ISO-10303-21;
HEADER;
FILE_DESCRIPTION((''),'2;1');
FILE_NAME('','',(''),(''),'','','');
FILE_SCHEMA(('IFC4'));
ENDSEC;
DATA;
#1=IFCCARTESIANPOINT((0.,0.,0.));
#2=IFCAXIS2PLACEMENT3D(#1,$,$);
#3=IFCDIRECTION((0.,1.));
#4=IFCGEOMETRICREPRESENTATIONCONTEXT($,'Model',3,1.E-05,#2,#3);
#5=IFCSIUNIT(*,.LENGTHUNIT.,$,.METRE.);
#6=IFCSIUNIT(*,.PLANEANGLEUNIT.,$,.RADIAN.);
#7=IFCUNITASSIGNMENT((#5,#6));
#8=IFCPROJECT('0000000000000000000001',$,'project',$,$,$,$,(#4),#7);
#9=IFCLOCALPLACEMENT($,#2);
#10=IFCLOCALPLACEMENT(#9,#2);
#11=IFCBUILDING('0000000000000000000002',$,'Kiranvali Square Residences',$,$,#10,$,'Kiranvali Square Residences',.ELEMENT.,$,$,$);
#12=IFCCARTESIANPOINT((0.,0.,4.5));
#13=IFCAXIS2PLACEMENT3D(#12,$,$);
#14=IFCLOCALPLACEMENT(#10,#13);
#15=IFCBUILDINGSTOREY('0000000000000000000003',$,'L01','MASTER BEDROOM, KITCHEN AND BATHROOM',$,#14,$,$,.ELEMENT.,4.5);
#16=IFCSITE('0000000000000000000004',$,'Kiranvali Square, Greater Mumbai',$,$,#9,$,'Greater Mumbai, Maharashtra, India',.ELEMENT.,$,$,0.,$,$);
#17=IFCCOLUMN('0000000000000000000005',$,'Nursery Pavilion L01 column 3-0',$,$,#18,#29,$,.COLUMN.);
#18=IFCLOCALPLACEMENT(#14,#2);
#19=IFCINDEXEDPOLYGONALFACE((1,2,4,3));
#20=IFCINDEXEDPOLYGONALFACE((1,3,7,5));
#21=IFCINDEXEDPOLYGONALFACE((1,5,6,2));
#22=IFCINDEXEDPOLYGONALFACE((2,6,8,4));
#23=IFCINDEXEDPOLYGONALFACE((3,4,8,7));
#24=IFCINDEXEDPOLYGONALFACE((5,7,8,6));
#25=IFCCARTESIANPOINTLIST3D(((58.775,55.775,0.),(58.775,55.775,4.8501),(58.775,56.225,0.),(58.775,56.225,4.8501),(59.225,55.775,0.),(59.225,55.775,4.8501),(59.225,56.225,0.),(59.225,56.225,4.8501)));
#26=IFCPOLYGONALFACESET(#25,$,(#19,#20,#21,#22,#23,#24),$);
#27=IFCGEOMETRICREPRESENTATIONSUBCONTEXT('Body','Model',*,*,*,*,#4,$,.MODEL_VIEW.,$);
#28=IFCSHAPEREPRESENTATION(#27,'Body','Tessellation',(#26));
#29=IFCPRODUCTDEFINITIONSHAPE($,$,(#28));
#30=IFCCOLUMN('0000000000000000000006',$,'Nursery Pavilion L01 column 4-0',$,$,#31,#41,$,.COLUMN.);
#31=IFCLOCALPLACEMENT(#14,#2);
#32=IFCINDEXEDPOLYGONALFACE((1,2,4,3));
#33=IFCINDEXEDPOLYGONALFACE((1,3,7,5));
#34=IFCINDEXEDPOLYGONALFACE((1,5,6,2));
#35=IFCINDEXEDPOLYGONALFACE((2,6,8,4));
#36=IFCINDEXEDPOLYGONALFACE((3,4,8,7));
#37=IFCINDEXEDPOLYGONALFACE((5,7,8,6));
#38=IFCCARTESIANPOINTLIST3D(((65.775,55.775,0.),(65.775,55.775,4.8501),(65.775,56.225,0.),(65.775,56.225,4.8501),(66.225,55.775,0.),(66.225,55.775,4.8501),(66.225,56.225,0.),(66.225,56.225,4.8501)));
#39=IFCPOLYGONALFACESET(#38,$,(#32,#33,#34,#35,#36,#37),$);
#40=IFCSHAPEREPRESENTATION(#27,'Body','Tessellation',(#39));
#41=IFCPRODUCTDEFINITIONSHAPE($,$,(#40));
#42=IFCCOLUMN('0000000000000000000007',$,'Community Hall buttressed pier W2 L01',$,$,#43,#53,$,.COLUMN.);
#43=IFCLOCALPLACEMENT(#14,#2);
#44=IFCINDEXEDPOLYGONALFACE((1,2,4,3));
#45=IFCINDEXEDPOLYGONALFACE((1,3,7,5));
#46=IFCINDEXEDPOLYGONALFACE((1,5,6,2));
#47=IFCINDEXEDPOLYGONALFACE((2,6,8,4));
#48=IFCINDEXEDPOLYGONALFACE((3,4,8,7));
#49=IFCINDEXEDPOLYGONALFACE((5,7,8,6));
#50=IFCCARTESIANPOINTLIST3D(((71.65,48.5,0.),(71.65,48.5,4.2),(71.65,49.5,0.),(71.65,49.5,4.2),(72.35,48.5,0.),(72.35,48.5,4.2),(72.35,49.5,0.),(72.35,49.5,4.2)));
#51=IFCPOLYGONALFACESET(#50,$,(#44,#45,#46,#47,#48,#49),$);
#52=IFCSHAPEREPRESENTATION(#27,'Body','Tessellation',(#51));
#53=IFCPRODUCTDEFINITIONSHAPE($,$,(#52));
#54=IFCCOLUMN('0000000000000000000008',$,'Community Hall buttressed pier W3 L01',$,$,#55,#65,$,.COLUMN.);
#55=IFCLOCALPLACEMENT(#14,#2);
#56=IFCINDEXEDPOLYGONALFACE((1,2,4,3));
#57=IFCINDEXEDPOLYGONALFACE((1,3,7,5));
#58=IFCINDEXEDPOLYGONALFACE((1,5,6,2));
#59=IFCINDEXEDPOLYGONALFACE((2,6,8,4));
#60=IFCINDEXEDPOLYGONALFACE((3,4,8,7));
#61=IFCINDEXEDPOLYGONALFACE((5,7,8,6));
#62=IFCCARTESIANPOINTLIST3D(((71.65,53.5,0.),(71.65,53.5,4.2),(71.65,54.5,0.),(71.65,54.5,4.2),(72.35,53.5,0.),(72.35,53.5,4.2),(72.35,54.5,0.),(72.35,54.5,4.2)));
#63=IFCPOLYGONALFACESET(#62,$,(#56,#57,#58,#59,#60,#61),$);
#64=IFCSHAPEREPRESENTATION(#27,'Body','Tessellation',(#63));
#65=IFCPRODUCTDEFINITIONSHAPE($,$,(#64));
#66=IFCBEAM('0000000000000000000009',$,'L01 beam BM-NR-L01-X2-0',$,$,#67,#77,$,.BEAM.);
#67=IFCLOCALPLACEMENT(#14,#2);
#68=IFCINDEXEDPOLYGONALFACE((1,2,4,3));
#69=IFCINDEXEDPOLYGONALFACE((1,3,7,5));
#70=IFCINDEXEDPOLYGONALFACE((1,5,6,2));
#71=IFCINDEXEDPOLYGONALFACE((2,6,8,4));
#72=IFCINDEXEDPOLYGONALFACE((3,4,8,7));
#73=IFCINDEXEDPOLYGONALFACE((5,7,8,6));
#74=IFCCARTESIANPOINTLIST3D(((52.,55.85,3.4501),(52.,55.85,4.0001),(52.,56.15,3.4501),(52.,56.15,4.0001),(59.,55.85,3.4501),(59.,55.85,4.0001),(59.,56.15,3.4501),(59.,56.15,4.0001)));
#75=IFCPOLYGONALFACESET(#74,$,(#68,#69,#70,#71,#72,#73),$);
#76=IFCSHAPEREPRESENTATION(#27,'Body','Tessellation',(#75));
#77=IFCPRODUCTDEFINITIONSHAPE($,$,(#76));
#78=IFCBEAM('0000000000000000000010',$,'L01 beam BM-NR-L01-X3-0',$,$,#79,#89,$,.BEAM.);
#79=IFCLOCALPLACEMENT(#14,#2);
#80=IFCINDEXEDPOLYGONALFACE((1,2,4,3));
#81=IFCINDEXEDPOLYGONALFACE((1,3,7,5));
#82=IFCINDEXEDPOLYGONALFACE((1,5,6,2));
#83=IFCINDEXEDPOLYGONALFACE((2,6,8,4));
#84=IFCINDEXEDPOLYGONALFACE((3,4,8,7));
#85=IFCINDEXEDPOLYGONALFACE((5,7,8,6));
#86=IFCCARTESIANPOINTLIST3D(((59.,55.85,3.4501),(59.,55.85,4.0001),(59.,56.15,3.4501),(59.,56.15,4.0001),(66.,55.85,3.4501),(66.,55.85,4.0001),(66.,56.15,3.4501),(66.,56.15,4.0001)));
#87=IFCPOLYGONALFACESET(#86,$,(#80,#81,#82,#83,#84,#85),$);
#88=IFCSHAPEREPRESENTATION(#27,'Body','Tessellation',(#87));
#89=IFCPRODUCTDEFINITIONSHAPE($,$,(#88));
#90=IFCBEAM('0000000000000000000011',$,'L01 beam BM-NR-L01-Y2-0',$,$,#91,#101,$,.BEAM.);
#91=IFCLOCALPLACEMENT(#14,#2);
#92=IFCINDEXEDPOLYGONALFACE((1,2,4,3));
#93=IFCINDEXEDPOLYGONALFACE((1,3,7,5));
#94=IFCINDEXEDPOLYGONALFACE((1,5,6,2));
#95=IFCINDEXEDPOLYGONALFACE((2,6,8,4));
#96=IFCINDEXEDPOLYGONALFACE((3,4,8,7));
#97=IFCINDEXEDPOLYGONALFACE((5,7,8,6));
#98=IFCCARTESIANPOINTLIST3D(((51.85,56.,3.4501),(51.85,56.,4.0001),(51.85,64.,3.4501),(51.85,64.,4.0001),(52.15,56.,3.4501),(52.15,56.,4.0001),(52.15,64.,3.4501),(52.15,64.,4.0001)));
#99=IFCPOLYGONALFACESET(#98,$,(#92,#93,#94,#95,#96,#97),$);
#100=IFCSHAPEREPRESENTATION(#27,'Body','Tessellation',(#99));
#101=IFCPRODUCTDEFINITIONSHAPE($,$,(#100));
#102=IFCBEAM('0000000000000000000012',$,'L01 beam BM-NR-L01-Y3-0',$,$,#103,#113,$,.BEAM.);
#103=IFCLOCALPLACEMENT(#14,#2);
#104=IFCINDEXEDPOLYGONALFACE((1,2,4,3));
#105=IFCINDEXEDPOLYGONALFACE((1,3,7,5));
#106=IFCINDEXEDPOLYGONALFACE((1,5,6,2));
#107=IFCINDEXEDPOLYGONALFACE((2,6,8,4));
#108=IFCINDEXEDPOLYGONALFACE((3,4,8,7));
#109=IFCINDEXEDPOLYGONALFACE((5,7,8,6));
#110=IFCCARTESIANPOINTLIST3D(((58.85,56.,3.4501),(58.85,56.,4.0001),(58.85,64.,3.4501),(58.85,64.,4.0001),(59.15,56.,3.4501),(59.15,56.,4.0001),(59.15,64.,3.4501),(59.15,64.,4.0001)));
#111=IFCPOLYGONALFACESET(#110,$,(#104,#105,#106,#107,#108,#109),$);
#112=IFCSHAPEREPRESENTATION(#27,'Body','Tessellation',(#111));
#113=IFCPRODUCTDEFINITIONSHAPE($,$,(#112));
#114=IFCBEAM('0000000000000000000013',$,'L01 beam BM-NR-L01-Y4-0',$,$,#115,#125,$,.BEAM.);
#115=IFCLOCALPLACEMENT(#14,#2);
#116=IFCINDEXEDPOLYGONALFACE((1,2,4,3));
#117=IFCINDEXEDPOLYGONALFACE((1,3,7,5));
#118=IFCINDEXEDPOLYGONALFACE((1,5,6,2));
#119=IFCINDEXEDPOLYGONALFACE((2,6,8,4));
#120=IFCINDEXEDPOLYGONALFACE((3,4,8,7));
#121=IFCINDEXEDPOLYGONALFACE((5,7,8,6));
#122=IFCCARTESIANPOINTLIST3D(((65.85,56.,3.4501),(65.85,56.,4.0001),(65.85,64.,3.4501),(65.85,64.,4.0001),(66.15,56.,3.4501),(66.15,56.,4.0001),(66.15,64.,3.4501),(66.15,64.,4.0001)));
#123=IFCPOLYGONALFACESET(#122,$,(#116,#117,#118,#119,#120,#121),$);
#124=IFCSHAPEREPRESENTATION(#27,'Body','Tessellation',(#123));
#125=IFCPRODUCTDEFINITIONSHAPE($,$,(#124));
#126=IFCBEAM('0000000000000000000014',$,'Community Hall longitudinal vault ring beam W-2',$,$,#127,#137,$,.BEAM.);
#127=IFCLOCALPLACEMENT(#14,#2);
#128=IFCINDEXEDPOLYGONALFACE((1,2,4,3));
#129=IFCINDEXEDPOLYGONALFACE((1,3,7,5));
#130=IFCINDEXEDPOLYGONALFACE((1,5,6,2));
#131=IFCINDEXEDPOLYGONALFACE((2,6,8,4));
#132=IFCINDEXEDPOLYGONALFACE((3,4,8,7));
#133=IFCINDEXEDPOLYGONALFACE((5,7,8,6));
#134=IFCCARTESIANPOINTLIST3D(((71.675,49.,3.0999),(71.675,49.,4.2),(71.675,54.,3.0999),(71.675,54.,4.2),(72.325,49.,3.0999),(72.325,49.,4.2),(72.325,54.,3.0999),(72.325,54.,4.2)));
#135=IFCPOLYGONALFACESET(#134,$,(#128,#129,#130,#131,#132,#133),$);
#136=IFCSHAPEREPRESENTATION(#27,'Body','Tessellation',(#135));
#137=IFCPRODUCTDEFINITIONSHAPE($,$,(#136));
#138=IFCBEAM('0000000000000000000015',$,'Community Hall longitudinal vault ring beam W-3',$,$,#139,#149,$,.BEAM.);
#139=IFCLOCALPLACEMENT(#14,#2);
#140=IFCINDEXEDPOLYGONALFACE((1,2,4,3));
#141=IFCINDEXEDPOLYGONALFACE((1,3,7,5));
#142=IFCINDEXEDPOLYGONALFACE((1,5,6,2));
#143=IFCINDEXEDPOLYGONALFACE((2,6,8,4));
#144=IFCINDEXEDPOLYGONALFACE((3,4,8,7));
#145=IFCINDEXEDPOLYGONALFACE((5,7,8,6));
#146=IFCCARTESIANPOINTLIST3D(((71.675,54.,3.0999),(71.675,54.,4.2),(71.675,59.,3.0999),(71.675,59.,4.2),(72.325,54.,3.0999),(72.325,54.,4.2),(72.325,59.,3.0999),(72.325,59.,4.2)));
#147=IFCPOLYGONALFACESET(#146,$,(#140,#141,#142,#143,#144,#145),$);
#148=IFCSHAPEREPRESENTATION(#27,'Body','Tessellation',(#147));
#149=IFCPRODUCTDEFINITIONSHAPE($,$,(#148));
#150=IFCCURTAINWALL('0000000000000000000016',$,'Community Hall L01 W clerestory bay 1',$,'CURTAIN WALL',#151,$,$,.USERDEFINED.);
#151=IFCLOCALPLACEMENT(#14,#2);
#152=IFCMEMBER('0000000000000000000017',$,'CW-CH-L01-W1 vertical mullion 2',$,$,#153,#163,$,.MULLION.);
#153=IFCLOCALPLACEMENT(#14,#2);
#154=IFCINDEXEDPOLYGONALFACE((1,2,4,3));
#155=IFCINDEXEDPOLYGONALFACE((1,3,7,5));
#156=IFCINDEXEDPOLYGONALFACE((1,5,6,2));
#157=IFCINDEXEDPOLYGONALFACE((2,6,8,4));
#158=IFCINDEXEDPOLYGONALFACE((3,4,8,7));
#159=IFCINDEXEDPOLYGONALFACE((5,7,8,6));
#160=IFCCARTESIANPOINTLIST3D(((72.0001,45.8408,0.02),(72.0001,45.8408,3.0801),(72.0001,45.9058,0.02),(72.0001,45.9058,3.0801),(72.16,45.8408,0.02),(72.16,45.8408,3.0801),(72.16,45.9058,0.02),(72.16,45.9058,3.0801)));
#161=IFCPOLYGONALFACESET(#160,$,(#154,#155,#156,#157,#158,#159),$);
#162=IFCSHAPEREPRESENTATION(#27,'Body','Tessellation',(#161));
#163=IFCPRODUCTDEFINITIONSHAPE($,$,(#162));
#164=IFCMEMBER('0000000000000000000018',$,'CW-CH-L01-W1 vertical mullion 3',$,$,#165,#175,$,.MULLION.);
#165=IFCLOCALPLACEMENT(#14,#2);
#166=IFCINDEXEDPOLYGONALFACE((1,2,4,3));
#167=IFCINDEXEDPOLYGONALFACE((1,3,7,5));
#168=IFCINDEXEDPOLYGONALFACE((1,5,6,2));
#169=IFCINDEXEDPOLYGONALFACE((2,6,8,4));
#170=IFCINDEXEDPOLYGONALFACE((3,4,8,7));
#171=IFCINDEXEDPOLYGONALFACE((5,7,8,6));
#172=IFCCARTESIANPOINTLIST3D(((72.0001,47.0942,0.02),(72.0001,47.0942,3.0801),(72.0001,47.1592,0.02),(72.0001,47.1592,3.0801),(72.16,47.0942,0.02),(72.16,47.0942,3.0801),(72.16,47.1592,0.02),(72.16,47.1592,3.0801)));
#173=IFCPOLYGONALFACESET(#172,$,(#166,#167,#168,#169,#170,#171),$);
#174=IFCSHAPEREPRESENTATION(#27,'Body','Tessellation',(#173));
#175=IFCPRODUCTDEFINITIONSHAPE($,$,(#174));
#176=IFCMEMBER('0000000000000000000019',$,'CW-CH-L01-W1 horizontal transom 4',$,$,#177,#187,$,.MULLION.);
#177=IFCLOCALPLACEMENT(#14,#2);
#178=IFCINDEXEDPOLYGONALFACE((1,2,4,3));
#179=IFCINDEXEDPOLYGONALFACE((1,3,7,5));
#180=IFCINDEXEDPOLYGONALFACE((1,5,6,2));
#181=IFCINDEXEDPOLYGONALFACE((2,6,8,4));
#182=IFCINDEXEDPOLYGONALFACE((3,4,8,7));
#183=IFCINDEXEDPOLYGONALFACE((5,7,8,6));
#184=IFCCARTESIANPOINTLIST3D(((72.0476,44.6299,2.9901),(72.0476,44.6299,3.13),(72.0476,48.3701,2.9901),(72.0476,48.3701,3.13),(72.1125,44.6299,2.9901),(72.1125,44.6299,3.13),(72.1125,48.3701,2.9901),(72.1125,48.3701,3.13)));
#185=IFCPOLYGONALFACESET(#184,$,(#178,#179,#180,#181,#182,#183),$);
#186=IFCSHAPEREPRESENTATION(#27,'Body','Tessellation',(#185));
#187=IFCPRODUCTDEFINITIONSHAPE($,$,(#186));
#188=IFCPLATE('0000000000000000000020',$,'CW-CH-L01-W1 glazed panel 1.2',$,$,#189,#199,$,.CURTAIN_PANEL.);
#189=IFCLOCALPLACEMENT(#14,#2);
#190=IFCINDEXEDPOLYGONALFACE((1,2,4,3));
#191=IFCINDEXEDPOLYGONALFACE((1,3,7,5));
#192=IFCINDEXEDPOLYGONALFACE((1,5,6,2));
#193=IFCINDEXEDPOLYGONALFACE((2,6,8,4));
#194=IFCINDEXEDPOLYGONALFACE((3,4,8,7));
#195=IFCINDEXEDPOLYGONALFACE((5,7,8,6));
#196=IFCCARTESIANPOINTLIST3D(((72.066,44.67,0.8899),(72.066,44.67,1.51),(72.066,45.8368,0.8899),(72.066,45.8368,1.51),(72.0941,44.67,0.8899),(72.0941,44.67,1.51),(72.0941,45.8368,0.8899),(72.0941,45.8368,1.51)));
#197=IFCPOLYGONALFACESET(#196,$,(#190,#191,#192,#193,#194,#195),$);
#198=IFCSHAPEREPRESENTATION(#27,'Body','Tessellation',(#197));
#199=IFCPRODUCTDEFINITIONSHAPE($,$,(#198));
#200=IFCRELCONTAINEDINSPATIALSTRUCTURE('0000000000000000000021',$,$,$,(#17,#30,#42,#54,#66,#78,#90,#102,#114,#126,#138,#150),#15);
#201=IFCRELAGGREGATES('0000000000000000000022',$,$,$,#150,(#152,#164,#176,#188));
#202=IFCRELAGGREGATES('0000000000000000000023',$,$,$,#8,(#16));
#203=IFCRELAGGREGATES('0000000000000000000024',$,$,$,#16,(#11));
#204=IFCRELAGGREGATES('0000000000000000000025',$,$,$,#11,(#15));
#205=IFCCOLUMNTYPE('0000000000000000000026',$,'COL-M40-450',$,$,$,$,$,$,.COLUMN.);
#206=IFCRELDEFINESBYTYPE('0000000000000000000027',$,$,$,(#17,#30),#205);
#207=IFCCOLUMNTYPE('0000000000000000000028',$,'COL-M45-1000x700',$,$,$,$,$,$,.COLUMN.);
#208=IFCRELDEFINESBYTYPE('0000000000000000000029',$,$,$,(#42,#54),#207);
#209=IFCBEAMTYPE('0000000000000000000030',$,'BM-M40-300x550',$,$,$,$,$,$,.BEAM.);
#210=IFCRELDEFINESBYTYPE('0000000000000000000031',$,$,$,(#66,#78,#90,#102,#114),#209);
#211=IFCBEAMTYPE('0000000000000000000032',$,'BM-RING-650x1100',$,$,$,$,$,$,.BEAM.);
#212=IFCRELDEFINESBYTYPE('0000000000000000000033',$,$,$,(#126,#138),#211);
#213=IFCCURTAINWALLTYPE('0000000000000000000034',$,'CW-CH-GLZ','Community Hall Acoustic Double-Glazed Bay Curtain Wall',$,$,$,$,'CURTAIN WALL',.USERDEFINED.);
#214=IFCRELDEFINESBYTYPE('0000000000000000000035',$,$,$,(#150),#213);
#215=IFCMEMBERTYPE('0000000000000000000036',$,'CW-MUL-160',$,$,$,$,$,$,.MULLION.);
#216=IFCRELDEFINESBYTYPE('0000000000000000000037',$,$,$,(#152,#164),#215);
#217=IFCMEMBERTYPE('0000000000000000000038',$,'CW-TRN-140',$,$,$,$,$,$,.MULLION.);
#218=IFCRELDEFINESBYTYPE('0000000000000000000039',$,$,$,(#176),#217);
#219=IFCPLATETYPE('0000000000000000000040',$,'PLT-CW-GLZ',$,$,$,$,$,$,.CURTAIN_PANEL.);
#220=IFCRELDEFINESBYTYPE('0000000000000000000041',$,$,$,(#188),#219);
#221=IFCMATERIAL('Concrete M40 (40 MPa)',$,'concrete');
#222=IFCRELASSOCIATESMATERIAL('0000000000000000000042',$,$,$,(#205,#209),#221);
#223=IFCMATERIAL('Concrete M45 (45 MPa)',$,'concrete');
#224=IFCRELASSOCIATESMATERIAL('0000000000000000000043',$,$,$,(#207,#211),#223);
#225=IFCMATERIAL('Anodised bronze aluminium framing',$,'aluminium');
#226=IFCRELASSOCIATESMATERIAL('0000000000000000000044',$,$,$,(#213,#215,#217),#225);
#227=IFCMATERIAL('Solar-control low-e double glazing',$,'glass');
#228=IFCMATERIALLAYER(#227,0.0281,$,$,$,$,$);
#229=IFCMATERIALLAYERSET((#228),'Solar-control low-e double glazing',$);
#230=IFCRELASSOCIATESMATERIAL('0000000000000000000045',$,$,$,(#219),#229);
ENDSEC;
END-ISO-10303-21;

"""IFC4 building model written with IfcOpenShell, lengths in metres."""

from ifc_helpers import new_model, si_unit, direction, frame, origin, origin_2d, place, context, subcontext, project, spatial, rectangle, extrude, material, layer, layer_set, material_profile, profile_set, type_object, element, aggregate, save


model = new_model("IFC4")

# Units and contexts
model_context = context("Model", 3, precision=1e-05, world=origin(), true_north=direction((0.0, 1.0)))
body_context = subcontext(model_context, "Body", "Model", "MODEL_VIEW")
ifc_project = project(units=[si_unit("LENGTHUNIT", "METRE"), si_unit("PLANEANGLEUNIT", "RADIAN")], contexts=[model_context])

# Site, building, storey
site_placement = place(None, origin())
site = spatial("IfcSite", under=ifc_project, at=site_placement, Name="Kiranvali Square, Greater Mumbai", LongName="Greater Mumbai, Maharashtra, India", CompositionType="ELEMENT", RefElevation=0.0)
building_placement = place(site_placement, origin())
building = spatial("IfcBuilding", under=site, at=building_placement, Name="Kiranvali Square Residences", LongName="Kiranvali Square Residences", CompositionType="ELEMENT")
storey_placement = place(building_placement, frame((0.0, 0.0, 4.5)))
storey = spatial("IfcBuildingStorey", under=building, at=storey_placement, Name="L01", Description="MASTER BEDROOM, KITCHEN AND BATHROOM", CompositionType="ELEMENT", Elevation=4.5)

# Columns
ifc_material_1 = material(Name="Concrete M40 (40 MPa)", Category="concrete")
ifc_material_profile_1 = material_profile(ifc_material_1, rectangle(XDim=0.45, YDim=0.45, at=origin_2d()), Name="RC 450x450")
ifc_profile_set_1 = profile_set([ifc_material_profile_1], Name="Concrete M40 (40 MPa)")
column_type_1 = type_object("IfcColumnType", Name="COL-M40-450", PredefinedType="COLUMN", material=ifc_profile_set_1)
for number, where, z_axis, x_axis, name in (
    (1, (59.0, 56.0, 0.0), (0.0, 0.0, 1.0), (1.0, 0.0, 0.0), "Nursery Pavilion L01 column 3-0"),
    (2, (66.0, 56.0, 0.0), (0.0, 0.0, 1.0), (1.0, 0.0, 0.0), "Nursery Pavilion L01 column 4-0"),
):
    element("IfcColumn", number, at=place(storey_placement, frame(where, z_axis=z_axis, x_axis=x_axis)), inside=storey, type_object=column_type_1, Name=name, PredefinedType="COLUMN", context=body_context, shape_type="SweptSolid", body=[
        extrude(rectangle(XDim=0.45, YDim=0.45, at=origin_2d()), origin(), (0.0, 0.0, 1.0), 4.8501),
    ])
ifc_material_2 = material(Name="Concrete M45 (45 MPa)", Category="concrete")
ifc_material_profile_2 = material_profile(ifc_material_2, rectangle(XDim=0.7, YDim=1.0, at=origin_2d()), Name="RC 1000x700")
ifc_profile_set_2 = profile_set([ifc_material_profile_2], Name="Concrete M45 (45 MPa)")
column_type_2 = type_object("IfcColumnType", Name="COL-M45-1000x700", PredefinedType="COLUMN", material=ifc_profile_set_2)
for number, where, z_axis, x_axis, name in (
    (3, (72.0, 49.0, 0.0), (0.0, 0.0, 1.0), (1.0, 0.0, 0.0), "Community Hall buttressed pier W2 L01"),
    (4, (72.0, 54.0, 0.0), (0.0, 0.0, 1.0), (1.0, 0.0, 0.0), "Community Hall buttressed pier W3 L01"),
):
    element("IfcColumn", number, at=place(storey_placement, frame(where, z_axis=z_axis, x_axis=x_axis)), inside=storey, type_object=column_type_2, Name=name, PredefinedType="COLUMN", context=body_context, shape_type="SweptSolid", body=[
        extrude(rectangle(XDim=0.7, YDim=1.0, at=origin_2d()), origin(), (0.0, 0.0, 1.0), 4.2),
    ])

# Beams
ifc_material_profile_3 = material_profile(ifc_material_1, rectangle(XDim=0.3, YDim=0.55, at=origin_2d()), Name="RC 300x550")
ifc_profile_set_3 = profile_set([ifc_material_profile_3], Name="Concrete M40 (40 MPa)")
beam_type_1 = type_object("IfcBeamType", Name="BM-M40-300x550", PredefinedType="BEAM", material=ifc_profile_set_3)
for number, where, z_axis, x_axis, name in (
    (5, (52.0, 56.0, 3.7251), (1.0, 0.0, 0.0), (0.0, 1.0, 0.0), "L01 beam BM-NR-L01-X2-0"),
    (6, (59.0, 56.0, 3.7251), (1.0, 0.0, 0.0), (0.0, 1.0, 0.0), "L01 beam BM-NR-L01-X3-0"),
):
    element("IfcBeam", number, at=place(storey_placement, frame(where, z_axis=z_axis, x_axis=x_axis)), inside=storey, type_object=beam_type_1, Name=name, PredefinedType="BEAM", context=body_context, shape_type="SweptSolid", body=[
        extrude(rectangle(XDim=0.3, YDim=0.55, at=origin_2d()), origin(), (0.0, 0.0, 1.0), 7.0),
    ])
for number, where, z_axis, x_axis, name in (
    (7, (52.0, 56.0, 3.7251), (0.0, 1.0, 0.0), (-1.0, 0.0, 0.0), "L01 beam BM-NR-L01-Y2-0"),
    (8, (59.0, 56.0, 3.7251), (0.0, 1.0, 0.0), (-1.0, 0.0, 0.0), "L01 beam BM-NR-L01-Y3-0"),
    (9, (66.0, 56.0, 3.7251), (0.0, 1.0, 0.0), (-1.0, 0.0, 0.0), "L01 beam BM-NR-L01-Y4-0"),
):
    element("IfcBeam", number, at=place(storey_placement, frame(where, z_axis=z_axis, x_axis=x_axis)), inside=storey, type_object=beam_type_1, Name=name, PredefinedType="BEAM", context=body_context, shape_type="SweptSolid", body=[
        extrude(rectangle(XDim=0.3, YDim=0.55, at=origin_2d()), origin(), (0.0, 0.0, 1.0), 8.0),
    ])
ifc_material_profile_4 = material_profile(ifc_material_2, rectangle(XDim=0.6499, YDim=1.1001, at=origin_2d()), Name="RC 650x1100")
ifc_profile_set_4 = profile_set([ifc_material_profile_4], Name="Concrete M45 (45 MPa)")
beam_type_2 = type_object("IfcBeamType", Name="BM-RING-650x1100", PredefinedType="BEAM", material=ifc_profile_set_4)
for number, where, z_axis, x_axis, name in (
    (10, (72.0, 49.0, 3.6499), (0.0, 1.0, 0.0), (-1.0, 0.0, 0.0), "Community Hall longitudinal vault ring beam W-2"),
    (11, (72.0, 54.0, 3.6499), (0.0, 1.0, 0.0), (-1.0, 0.0, 0.0), "Community Hall longitudinal vault ring beam W-3"),
):
    element("IfcBeam", number, at=place(storey_placement, frame(where, z_axis=z_axis, x_axis=x_axis)), inside=storey, type_object=beam_type_2, Name=name, PredefinedType="BEAM", context=body_context, shape_type="SweptSolid", body=[
        extrude(rectangle(XDim=0.6499, YDim=1.1001, at=origin_2d()), origin(), (0.0, 0.0, 1.0), 5.0),
    ])

# Curtain wall, members, plate
ifc_material_3 = material(Name="Anodised bronze aluminium framing", Category="aluminium")
curtain_wall_type = type_object("IfcCurtainWallType", Name="CW-CH-GLZ", Description="Community Hall Acoustic Double-Glazed Bay Curtain Wall", ElementType="CURTAIN WALL", PredefinedType="USERDEFINED", material=ifc_material_3)
curtain_wall_placement = place(storey_placement, origin())
curtain_wall = element("IfcCurtainWall", 12, at=curtain_wall_placement, inside=storey, type_object=curtain_wall_type, Name="Community Hall L01 W clerestory bay 1", ObjectType="CURTAIN WALL", PredefinedType="USERDEFINED")
ifc_material_profile_5 = material_profile(ifc_material_3, rectangle(XDim=0.0649, YDim=0.1599, at=origin_2d()), Name="ALU 65x160")
ifc_profile_set_5 = profile_set([ifc_material_profile_5], Name="Anodised bronze aluminium framing")
member_type_1 = type_object("IfcMemberType", Name="CW-MUL-160", PredefinedType="MULLION", material=ifc_profile_set_5)
member_1_placement = place(storey_placement, frame((72.0801, 45.8733, 0.02), z_axis=(0.0, 0.0, 1.0), x_axis=(0.0, 1.0, 0.0)))
member_1 = element("IfcMember", 13, at=member_1_placement, type_object=member_type_1, Name="CW-CH-L01-W1 vertical mullion 2", PredefinedType="MULLION", context=body_context, shape_type="SweptSolid", body=[
    extrude(rectangle(XDim=0.0649, YDim=0.1599, at=origin_2d()), origin(), (0.0, 0.0, 1.0), 3.0601),
])
member_2_placement = place(storey_placement, frame((72.0801, 47.1267, 0.02), z_axis=(0.0, 0.0, 1.0), x_axis=(0.0, 1.0, 0.0)))
member_2 = element("IfcMember", 14, at=member_2_placement, type_object=member_type_1, Name="CW-CH-L01-W1 vertical mullion 3", PredefinedType="MULLION", context=body_context, shape_type="SweptSolid", body=[
    extrude(rectangle(XDim=0.0649, YDim=0.1599, at=origin_2d()), origin(), (0.0, 0.0, 1.0), 3.0601),
])
ifc_material_profile_6 = material_profile(ifc_material_3, rectangle(XDim=0.0649, YDim=0.1399, at=origin_2d()), Name="ALU 65x140")
ifc_profile_set_6 = profile_set([ifc_material_profile_6], Name="Anodised bronze aluminium framing")
member_type_2 = type_object("IfcMemberType", Name="CW-TRN-140", PredefinedType="MULLION", material=ifc_profile_set_6)
member_3_placement = place(storey_placement, frame((72.0801, 44.6299, 3.0601), z_axis=(0.0, 1.0, 0.0), x_axis=(-1.0, 0.0, 0.0)))
member_3 = element("IfcMember", 15, at=member_3_placement, type_object=member_type_2, Name="CW-CH-L01-W1 horizontal transom 4", PredefinedType="MULLION", context=body_context, shape_type="SweptSolid", body=[
    extrude(rectangle(XDim=0.0649, YDim=0.1399, at=origin_2d()), origin(), (0.0, 0.0, 1.0), 3.7402),
])
ifc_material_4 = material(Name="Solar-control low-e double glazing", Category="glass")
ifc_layer_1 = layer(ifc_material_4, 0.0281)
ifc_layer_set_1 = layer_set([ifc_layer_1], Name="Solar-control low-e double glazing")
plate_type_1 = type_object("IfcPlateType", Name="PLT-CW-GLZ", PredefinedType="CURTAIN_PANEL", material=ifc_layer_set_1)
plate_1_placement = place(storey_placement, frame((72.0801, 45.2534, 0.8899), z_axis=(0.0, 0.0, 1.0), x_axis=(0.0, 1.0, 0.0)))
plate_1 = element("IfcPlate", 16, at=plate_1_placement, type_object=plate_type_1, Name="CW-CH-L01-W1 glazed panel 1.2", PredefinedType="CURTAIN_PANEL", context=body_context, shape_type="SweptSolid", body=[
    extrude(rectangle(XDim=1.1667, YDim=0.0281, at=origin_2d()), origin(), (0.0, 0.0, 1.0), 0.6201),
])
aggregate(curtain_wall, [member_1, member_2, member_3, plate_1])

save(model, "model.ifc")
